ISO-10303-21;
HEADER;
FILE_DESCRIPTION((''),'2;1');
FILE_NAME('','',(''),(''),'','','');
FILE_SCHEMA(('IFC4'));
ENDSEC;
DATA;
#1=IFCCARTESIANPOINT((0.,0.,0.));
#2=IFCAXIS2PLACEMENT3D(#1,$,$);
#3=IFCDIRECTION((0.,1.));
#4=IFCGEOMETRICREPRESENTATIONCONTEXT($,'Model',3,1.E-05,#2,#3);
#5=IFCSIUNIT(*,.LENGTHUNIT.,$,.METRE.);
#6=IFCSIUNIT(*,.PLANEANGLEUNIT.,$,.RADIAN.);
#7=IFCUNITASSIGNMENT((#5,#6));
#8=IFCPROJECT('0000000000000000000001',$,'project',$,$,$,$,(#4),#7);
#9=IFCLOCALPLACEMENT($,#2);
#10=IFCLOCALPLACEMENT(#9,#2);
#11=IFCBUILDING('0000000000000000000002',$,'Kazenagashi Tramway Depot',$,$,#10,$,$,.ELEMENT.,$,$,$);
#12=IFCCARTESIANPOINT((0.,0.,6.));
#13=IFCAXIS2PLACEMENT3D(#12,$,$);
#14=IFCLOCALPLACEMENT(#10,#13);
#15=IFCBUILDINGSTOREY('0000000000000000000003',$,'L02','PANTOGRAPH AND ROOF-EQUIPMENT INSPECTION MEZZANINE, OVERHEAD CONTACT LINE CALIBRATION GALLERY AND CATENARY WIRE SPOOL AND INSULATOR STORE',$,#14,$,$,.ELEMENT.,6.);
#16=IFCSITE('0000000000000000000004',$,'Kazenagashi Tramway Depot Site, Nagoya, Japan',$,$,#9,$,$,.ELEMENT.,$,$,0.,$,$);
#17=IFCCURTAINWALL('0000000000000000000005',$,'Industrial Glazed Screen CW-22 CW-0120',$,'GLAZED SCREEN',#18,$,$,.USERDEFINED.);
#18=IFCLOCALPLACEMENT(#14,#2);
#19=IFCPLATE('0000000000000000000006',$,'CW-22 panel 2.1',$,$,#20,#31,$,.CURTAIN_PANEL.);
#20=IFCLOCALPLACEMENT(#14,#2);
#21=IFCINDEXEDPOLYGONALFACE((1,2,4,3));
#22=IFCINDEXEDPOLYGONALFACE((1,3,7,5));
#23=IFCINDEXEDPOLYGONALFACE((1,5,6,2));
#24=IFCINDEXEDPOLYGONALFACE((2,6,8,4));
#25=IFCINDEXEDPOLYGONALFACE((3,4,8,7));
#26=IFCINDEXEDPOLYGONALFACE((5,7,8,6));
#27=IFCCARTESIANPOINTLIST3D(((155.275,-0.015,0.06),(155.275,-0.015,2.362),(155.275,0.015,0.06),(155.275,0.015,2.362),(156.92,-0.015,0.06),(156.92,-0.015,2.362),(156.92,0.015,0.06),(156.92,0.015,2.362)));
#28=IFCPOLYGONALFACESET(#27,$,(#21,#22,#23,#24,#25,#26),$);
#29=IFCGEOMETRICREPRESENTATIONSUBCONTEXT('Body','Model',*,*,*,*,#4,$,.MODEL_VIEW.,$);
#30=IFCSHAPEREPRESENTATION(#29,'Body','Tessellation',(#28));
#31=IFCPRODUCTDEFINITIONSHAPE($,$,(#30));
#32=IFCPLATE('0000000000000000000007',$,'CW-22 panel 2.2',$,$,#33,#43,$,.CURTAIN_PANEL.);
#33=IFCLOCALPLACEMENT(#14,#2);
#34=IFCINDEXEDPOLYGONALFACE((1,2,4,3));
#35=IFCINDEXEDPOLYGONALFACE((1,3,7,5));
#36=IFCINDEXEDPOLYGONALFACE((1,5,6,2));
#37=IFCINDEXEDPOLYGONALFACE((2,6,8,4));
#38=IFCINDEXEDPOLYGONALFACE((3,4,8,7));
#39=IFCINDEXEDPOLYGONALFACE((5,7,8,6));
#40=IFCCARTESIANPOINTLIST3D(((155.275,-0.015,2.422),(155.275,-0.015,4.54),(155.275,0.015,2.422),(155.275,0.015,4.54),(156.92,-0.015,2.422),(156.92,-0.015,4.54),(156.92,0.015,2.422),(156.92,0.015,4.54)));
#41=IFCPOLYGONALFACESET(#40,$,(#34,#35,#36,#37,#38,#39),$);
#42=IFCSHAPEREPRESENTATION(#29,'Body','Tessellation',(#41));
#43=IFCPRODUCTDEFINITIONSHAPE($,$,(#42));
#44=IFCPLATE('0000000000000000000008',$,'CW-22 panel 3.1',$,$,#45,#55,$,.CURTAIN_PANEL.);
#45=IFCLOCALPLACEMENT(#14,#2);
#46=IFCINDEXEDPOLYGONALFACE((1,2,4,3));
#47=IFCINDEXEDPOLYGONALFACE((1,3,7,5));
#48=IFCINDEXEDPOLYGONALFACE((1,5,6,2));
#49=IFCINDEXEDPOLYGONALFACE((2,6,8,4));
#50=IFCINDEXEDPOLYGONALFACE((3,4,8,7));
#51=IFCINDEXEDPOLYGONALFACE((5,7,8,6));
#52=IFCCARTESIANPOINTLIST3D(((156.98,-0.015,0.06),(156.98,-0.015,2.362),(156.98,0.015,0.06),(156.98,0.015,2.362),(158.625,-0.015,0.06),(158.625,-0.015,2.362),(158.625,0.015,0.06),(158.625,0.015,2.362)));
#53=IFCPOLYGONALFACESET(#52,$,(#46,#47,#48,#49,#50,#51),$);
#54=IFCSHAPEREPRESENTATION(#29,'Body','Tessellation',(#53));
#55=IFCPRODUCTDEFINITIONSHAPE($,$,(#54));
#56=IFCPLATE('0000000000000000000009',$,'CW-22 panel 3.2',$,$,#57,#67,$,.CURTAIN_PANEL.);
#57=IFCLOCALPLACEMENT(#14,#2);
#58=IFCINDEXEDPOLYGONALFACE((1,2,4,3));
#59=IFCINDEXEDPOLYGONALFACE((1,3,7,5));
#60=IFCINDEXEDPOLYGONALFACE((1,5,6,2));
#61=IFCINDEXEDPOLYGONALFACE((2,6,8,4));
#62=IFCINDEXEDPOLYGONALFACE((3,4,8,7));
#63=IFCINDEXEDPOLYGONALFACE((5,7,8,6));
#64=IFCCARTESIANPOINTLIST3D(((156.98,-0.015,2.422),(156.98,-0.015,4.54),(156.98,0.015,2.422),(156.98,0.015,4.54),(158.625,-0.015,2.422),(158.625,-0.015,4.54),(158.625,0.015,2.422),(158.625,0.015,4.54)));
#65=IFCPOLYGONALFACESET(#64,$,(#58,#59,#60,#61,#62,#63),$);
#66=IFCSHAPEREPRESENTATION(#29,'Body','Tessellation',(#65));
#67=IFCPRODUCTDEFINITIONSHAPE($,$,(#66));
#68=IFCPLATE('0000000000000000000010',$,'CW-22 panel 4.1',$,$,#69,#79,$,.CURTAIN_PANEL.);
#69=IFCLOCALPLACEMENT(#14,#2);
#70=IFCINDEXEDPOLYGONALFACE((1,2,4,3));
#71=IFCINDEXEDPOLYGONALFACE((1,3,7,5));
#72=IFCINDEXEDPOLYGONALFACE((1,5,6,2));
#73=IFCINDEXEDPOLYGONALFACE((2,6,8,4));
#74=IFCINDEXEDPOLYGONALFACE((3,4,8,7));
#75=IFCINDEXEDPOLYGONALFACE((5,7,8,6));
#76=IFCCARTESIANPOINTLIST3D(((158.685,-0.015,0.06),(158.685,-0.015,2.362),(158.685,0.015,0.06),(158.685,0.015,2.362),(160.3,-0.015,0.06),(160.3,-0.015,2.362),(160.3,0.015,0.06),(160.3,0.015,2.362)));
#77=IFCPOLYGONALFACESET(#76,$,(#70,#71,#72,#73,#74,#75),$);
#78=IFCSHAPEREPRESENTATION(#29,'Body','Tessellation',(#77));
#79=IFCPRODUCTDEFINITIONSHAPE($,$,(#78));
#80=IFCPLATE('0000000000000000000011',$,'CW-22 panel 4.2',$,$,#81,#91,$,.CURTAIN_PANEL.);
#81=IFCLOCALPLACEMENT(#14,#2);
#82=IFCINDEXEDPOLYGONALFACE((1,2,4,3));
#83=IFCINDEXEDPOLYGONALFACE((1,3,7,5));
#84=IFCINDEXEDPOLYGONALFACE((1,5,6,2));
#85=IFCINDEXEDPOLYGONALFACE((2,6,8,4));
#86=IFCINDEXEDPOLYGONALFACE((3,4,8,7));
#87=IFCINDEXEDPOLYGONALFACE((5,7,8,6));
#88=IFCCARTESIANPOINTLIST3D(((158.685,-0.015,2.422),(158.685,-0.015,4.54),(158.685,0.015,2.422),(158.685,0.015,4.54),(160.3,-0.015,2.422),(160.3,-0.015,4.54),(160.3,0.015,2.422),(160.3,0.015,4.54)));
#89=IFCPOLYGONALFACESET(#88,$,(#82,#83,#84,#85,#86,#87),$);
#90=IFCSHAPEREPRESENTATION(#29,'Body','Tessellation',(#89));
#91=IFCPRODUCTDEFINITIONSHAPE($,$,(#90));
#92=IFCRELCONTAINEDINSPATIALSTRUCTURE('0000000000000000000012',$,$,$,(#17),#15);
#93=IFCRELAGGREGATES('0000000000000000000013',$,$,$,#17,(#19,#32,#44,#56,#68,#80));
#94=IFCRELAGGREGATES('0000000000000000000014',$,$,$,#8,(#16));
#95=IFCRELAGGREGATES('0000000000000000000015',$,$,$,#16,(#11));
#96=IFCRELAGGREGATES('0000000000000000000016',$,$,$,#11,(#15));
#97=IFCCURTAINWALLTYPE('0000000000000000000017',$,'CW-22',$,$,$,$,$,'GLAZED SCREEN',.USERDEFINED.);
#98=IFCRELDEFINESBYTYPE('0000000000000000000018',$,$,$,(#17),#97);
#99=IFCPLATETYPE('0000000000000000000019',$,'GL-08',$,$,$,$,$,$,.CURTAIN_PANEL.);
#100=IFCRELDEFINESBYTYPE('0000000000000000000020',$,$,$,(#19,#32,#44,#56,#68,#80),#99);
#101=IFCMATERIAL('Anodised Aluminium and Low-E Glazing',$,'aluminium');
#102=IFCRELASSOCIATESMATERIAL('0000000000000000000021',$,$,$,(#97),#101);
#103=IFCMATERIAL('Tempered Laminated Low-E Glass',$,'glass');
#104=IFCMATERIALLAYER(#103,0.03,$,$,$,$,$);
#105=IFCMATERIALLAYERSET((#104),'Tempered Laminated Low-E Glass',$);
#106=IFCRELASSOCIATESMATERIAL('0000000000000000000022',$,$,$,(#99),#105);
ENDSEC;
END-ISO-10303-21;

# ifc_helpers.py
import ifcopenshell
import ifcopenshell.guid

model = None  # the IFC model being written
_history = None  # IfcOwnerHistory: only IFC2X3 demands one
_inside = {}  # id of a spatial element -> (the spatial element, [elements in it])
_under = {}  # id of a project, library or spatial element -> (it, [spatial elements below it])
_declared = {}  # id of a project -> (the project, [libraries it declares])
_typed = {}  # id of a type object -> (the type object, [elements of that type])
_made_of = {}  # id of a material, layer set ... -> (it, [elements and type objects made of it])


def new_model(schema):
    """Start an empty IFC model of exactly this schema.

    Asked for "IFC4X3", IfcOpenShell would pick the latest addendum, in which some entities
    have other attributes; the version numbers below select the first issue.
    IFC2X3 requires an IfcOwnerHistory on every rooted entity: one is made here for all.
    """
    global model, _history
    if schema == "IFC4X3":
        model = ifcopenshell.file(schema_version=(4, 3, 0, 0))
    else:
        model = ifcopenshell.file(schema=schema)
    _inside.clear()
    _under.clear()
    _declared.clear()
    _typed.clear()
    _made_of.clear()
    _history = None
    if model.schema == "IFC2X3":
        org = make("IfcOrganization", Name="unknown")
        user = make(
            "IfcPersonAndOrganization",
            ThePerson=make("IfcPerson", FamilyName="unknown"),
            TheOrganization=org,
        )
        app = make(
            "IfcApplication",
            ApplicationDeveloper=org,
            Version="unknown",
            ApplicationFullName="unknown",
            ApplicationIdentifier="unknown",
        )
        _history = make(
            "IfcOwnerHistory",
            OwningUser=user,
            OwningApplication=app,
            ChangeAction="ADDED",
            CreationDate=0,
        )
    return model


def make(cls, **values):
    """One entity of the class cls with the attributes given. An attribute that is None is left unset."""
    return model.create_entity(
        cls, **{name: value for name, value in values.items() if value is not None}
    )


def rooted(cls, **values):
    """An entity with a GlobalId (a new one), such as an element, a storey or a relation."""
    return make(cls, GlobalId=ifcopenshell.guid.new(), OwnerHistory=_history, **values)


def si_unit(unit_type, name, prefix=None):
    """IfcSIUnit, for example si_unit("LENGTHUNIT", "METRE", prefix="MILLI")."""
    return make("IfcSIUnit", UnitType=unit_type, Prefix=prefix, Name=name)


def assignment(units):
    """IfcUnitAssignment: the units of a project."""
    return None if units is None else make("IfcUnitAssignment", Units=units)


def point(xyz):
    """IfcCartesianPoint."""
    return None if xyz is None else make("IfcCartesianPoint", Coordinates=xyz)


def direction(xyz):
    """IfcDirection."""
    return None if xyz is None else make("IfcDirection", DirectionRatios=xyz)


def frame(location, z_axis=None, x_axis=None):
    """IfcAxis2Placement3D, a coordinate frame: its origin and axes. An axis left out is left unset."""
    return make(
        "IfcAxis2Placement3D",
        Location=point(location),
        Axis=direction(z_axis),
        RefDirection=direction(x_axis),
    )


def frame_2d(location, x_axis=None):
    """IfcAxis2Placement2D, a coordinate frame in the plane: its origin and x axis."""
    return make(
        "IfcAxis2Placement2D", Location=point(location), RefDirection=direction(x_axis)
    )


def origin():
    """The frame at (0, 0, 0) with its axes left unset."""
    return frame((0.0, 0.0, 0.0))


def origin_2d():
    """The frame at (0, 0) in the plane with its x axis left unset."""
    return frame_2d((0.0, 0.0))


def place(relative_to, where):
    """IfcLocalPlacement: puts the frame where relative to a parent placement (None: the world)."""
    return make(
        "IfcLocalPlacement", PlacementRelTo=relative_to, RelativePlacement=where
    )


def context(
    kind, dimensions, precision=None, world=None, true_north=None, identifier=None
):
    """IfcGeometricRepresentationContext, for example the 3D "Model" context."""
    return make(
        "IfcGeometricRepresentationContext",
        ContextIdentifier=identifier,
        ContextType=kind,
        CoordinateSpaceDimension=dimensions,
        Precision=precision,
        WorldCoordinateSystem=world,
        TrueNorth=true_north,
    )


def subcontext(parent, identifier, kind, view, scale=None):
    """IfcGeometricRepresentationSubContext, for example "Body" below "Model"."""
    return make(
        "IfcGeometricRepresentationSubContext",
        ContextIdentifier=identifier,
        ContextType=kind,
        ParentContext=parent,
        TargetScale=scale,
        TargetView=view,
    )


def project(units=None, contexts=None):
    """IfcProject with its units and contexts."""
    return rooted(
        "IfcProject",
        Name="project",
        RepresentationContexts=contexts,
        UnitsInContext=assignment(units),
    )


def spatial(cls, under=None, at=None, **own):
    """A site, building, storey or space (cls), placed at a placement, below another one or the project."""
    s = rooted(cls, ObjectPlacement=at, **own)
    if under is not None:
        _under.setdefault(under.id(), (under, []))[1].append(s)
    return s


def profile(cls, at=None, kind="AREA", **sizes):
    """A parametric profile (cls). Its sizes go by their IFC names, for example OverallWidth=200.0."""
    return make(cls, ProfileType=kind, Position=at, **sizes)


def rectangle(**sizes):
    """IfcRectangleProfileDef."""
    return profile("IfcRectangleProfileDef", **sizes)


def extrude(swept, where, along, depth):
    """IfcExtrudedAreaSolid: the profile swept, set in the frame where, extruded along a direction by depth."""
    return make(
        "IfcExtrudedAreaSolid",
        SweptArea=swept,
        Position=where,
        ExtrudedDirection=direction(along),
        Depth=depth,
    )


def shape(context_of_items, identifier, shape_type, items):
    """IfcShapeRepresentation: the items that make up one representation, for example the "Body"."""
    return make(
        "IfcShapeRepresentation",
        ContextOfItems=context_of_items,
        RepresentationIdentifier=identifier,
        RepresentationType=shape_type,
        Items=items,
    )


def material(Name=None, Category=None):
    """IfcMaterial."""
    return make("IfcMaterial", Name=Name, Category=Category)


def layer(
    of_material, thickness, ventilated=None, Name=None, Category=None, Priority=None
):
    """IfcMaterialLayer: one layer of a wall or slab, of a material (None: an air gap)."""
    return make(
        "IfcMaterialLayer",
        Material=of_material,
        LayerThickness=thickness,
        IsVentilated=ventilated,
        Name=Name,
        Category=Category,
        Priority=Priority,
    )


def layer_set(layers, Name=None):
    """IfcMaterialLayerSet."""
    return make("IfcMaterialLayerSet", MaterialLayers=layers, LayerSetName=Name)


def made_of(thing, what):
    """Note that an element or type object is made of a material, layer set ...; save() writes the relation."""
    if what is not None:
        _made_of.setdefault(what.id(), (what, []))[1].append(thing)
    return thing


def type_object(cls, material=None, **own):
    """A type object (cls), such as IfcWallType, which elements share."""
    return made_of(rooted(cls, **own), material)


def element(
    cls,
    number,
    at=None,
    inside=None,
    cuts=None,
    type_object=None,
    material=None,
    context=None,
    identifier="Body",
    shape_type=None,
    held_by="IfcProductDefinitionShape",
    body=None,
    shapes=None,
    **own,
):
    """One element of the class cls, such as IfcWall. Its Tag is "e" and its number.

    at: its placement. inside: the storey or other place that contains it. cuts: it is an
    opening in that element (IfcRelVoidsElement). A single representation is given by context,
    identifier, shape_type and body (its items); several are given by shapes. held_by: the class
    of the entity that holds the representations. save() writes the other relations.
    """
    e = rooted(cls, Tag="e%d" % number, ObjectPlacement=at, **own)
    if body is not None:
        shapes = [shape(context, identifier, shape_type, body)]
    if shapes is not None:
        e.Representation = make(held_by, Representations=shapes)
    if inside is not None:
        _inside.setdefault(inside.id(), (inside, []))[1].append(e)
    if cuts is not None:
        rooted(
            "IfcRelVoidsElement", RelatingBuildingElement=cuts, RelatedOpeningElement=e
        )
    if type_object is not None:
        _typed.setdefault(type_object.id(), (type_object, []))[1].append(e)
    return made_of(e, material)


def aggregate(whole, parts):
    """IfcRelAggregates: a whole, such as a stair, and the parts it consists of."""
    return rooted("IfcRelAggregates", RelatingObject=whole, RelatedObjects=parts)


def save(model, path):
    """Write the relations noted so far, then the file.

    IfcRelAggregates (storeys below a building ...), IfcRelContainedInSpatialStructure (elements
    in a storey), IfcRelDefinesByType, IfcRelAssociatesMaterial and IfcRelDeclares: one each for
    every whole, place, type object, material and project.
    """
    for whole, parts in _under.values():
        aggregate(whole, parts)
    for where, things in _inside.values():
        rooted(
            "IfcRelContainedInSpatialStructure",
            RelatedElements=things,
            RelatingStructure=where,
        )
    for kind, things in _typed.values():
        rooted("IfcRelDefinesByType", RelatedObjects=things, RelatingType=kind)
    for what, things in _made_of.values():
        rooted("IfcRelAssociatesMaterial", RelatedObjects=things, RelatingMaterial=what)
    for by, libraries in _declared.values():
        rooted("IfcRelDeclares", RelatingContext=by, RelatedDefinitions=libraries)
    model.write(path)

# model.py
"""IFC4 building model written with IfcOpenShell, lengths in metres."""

from ifc_helpers import new_model, si_unit, direction, frame, origin, origin_2d, place, context, subcontext, project, spatial, rectangle, extrude, material, layer, layer_set, type_object, element, aggregate, save


model = new_model("IFC4")

# Units and contexts
model_context = context("Model", 3, precision=1e-05, world=origin(), true_north=direction((0.0, 1.0)))
body_context = subcontext(model_context, "Body", "Model", "MODEL_VIEW")
ifc_project = project(units=[si_unit("LENGTHUNIT", "METRE"), si_unit("PLANEANGLEUNIT", "RADIAN")], contexts=[model_context])

# Site, building, storey
site_placement = place(None, origin())
site = spatial("IfcSite", under=ifc_project, at=site_placement, Name="Kazenagashi Tramway Depot Site, Nagoya, Japan", CompositionType="ELEMENT", RefElevation=0.0)
building_placement = place(site_placement, origin())
building = spatial("IfcBuilding", under=site, at=building_placement, Name="Kazenagashi Tramway Depot", CompositionType="ELEMENT")
storey_placement = place(building_placement, frame((0.0, 0.0, 6.0)))
storey = spatial("IfcBuildingStorey", under=building, at=storey_placement, Name="L02", Description="PANTOGRAPH AND ROOF-EQUIPMENT INSPECTION MEZZANINE, OVERHEAD CONTACT LINE CALIBRATION GALLERY AND CATENARY WIRE SPOOL AND INSULATOR STORE", CompositionType="ELEMENT", Elevation=6.0)

# Curtain wall, plates
ifc_material_1 = material(Name="Anodised Aluminium and Low-E Glazing", Category="aluminium")
curtain_wall_type = type_object("IfcCurtainWallType", Name="CW-22", ElementType="GLAZED SCREEN", PredefinedType="USERDEFINED", material=ifc_material_1)
curtain_wall_placement = place(storey_placement, origin())
curtain_wall = element("IfcCurtainWall", 1, at=curtain_wall_placement, inside=storey, type_object=curtain_wall_type, Name="Industrial Glazed Screen CW-22 CW-0120", ObjectType="GLAZED SCREEN", PredefinedType="USERDEFINED")
ifc_material_2 = material(Name="Tempered Laminated Low-E Glass", Category="glass")
ifc_layer = layer(ifc_material_2, 0.03)
ifc_layer_set = layer_set([ifc_layer], Name="Tempered Laminated Low-E Glass")
plate_type = type_object("IfcPlateType", Name="GL-08", PredefinedType="CURTAIN_PANEL", material=ifc_layer_set)
plate_1_placement = place(storey_placement, frame((156.0975, 0.0, 0.06), z_axis=(0.0, 0.0, 1.0), x_axis=(1.0, 0.0, 0.0)))
plate_1 = element("IfcPlate", 2, at=plate_1_placement, type_object=plate_type, Name="CW-22 panel 2.1", PredefinedType="CURTAIN_PANEL", context=body_context, shape_type="SweptSolid", body=[
    extrude(rectangle(XDim=1.645, YDim=0.03, at=origin_2d()), origin(), (0.0, 0.0, 1.0), 2.302),
])
plate_2_placement = place(storey_placement, frame((156.0975, 0.0, 2.422), z_axis=(0.0, 0.0, 1.0), x_axis=(1.0, 0.0, 0.0)))
plate_2 = element("IfcPlate", 3, at=plate_2_placement, type_object=plate_type, Name="CW-22 panel 2.2", PredefinedType="CURTAIN_PANEL", context=body_context, shape_type="SweptSolid", body=[
    extrude(rectangle(XDim=1.645, YDim=0.03, at=origin_2d()), origin(), (0.0, 0.0, 1.0), 2.118),
])
plate_3_placement = place(storey_placement, frame((157.8025, 0.0, 0.06), z_axis=(0.0, 0.0, 1.0), x_axis=(1.0, 0.0, 0.0)))
plate_3 = element("IfcPlate", 4, at=plate_3_placement, type_object=plate_type, Name="CW-22 panel 3.1", PredefinedType="CURTAIN_PANEL", context=body_context, shape_type="SweptSolid", body=[
    extrude(rectangle(XDim=1.645, YDim=0.03, at=origin_2d()), origin(), (0.0, 0.0, 1.0), 2.302),
])
plate_4_placement = place(storey_placement, frame((157.8025, 0.0, 2.422), z_axis=(0.0, 0.0, 1.0), x_axis=(1.0, 0.0, 0.0)))
plate_4 = element("IfcPlate", 5, at=plate_4_placement, type_object=plate_type, Name="CW-22 panel 3.2", PredefinedType="CURTAIN_PANEL", context=body_context, shape_type="SweptSolid", body=[
    extrude(rectangle(XDim=1.645, YDim=0.03, at=origin_2d()), origin(), (0.0, 0.0, 1.0), 2.118),
])
plate_5_placement = place(storey_placement, frame((159.4925, 0.0, 0.06), z_axis=(0.0, 0.0, 1.0), x_axis=(1.0, 0.0, 0.0)))
plate_5 = element("IfcPlate", 6, at=plate_5_placement, type_object=plate_type, Name="CW-22 panel 4.1", PredefinedType="CURTAIN_PANEL", context=body_context, shape_type="SweptSolid", body=[
    extrude(rectangle(XDim=1.615, YDim=0.03, at=origin_2d()), origin(), (0.0, 0.0, 1.0), 2.302),
])
plate_6_placement = place(storey_placement, frame((159.4925, 0.0, 2.422), z_axis=(0.0, 0.0, 1.0), x_axis=(1.0, 0.0, 0.0)))
plate_6 = element("IfcPlate", 7, at=plate_6_placement, type_object=plate_type, Name="CW-22 panel 4.2", PredefinedType="CURTAIN_PANEL", context=body_context, shape_type="SweptSolid", body=[
    extrude(rectangle(XDim=1.615, YDim=0.03, at=origin_2d()), origin(), (0.0, 0.0, 1.0), 2.118),
])
aggregate(curtain_wall, [plate_1, plate_2, plate_3, plate_4, plate_5, plate_6])

save(model, "model.ifc")
